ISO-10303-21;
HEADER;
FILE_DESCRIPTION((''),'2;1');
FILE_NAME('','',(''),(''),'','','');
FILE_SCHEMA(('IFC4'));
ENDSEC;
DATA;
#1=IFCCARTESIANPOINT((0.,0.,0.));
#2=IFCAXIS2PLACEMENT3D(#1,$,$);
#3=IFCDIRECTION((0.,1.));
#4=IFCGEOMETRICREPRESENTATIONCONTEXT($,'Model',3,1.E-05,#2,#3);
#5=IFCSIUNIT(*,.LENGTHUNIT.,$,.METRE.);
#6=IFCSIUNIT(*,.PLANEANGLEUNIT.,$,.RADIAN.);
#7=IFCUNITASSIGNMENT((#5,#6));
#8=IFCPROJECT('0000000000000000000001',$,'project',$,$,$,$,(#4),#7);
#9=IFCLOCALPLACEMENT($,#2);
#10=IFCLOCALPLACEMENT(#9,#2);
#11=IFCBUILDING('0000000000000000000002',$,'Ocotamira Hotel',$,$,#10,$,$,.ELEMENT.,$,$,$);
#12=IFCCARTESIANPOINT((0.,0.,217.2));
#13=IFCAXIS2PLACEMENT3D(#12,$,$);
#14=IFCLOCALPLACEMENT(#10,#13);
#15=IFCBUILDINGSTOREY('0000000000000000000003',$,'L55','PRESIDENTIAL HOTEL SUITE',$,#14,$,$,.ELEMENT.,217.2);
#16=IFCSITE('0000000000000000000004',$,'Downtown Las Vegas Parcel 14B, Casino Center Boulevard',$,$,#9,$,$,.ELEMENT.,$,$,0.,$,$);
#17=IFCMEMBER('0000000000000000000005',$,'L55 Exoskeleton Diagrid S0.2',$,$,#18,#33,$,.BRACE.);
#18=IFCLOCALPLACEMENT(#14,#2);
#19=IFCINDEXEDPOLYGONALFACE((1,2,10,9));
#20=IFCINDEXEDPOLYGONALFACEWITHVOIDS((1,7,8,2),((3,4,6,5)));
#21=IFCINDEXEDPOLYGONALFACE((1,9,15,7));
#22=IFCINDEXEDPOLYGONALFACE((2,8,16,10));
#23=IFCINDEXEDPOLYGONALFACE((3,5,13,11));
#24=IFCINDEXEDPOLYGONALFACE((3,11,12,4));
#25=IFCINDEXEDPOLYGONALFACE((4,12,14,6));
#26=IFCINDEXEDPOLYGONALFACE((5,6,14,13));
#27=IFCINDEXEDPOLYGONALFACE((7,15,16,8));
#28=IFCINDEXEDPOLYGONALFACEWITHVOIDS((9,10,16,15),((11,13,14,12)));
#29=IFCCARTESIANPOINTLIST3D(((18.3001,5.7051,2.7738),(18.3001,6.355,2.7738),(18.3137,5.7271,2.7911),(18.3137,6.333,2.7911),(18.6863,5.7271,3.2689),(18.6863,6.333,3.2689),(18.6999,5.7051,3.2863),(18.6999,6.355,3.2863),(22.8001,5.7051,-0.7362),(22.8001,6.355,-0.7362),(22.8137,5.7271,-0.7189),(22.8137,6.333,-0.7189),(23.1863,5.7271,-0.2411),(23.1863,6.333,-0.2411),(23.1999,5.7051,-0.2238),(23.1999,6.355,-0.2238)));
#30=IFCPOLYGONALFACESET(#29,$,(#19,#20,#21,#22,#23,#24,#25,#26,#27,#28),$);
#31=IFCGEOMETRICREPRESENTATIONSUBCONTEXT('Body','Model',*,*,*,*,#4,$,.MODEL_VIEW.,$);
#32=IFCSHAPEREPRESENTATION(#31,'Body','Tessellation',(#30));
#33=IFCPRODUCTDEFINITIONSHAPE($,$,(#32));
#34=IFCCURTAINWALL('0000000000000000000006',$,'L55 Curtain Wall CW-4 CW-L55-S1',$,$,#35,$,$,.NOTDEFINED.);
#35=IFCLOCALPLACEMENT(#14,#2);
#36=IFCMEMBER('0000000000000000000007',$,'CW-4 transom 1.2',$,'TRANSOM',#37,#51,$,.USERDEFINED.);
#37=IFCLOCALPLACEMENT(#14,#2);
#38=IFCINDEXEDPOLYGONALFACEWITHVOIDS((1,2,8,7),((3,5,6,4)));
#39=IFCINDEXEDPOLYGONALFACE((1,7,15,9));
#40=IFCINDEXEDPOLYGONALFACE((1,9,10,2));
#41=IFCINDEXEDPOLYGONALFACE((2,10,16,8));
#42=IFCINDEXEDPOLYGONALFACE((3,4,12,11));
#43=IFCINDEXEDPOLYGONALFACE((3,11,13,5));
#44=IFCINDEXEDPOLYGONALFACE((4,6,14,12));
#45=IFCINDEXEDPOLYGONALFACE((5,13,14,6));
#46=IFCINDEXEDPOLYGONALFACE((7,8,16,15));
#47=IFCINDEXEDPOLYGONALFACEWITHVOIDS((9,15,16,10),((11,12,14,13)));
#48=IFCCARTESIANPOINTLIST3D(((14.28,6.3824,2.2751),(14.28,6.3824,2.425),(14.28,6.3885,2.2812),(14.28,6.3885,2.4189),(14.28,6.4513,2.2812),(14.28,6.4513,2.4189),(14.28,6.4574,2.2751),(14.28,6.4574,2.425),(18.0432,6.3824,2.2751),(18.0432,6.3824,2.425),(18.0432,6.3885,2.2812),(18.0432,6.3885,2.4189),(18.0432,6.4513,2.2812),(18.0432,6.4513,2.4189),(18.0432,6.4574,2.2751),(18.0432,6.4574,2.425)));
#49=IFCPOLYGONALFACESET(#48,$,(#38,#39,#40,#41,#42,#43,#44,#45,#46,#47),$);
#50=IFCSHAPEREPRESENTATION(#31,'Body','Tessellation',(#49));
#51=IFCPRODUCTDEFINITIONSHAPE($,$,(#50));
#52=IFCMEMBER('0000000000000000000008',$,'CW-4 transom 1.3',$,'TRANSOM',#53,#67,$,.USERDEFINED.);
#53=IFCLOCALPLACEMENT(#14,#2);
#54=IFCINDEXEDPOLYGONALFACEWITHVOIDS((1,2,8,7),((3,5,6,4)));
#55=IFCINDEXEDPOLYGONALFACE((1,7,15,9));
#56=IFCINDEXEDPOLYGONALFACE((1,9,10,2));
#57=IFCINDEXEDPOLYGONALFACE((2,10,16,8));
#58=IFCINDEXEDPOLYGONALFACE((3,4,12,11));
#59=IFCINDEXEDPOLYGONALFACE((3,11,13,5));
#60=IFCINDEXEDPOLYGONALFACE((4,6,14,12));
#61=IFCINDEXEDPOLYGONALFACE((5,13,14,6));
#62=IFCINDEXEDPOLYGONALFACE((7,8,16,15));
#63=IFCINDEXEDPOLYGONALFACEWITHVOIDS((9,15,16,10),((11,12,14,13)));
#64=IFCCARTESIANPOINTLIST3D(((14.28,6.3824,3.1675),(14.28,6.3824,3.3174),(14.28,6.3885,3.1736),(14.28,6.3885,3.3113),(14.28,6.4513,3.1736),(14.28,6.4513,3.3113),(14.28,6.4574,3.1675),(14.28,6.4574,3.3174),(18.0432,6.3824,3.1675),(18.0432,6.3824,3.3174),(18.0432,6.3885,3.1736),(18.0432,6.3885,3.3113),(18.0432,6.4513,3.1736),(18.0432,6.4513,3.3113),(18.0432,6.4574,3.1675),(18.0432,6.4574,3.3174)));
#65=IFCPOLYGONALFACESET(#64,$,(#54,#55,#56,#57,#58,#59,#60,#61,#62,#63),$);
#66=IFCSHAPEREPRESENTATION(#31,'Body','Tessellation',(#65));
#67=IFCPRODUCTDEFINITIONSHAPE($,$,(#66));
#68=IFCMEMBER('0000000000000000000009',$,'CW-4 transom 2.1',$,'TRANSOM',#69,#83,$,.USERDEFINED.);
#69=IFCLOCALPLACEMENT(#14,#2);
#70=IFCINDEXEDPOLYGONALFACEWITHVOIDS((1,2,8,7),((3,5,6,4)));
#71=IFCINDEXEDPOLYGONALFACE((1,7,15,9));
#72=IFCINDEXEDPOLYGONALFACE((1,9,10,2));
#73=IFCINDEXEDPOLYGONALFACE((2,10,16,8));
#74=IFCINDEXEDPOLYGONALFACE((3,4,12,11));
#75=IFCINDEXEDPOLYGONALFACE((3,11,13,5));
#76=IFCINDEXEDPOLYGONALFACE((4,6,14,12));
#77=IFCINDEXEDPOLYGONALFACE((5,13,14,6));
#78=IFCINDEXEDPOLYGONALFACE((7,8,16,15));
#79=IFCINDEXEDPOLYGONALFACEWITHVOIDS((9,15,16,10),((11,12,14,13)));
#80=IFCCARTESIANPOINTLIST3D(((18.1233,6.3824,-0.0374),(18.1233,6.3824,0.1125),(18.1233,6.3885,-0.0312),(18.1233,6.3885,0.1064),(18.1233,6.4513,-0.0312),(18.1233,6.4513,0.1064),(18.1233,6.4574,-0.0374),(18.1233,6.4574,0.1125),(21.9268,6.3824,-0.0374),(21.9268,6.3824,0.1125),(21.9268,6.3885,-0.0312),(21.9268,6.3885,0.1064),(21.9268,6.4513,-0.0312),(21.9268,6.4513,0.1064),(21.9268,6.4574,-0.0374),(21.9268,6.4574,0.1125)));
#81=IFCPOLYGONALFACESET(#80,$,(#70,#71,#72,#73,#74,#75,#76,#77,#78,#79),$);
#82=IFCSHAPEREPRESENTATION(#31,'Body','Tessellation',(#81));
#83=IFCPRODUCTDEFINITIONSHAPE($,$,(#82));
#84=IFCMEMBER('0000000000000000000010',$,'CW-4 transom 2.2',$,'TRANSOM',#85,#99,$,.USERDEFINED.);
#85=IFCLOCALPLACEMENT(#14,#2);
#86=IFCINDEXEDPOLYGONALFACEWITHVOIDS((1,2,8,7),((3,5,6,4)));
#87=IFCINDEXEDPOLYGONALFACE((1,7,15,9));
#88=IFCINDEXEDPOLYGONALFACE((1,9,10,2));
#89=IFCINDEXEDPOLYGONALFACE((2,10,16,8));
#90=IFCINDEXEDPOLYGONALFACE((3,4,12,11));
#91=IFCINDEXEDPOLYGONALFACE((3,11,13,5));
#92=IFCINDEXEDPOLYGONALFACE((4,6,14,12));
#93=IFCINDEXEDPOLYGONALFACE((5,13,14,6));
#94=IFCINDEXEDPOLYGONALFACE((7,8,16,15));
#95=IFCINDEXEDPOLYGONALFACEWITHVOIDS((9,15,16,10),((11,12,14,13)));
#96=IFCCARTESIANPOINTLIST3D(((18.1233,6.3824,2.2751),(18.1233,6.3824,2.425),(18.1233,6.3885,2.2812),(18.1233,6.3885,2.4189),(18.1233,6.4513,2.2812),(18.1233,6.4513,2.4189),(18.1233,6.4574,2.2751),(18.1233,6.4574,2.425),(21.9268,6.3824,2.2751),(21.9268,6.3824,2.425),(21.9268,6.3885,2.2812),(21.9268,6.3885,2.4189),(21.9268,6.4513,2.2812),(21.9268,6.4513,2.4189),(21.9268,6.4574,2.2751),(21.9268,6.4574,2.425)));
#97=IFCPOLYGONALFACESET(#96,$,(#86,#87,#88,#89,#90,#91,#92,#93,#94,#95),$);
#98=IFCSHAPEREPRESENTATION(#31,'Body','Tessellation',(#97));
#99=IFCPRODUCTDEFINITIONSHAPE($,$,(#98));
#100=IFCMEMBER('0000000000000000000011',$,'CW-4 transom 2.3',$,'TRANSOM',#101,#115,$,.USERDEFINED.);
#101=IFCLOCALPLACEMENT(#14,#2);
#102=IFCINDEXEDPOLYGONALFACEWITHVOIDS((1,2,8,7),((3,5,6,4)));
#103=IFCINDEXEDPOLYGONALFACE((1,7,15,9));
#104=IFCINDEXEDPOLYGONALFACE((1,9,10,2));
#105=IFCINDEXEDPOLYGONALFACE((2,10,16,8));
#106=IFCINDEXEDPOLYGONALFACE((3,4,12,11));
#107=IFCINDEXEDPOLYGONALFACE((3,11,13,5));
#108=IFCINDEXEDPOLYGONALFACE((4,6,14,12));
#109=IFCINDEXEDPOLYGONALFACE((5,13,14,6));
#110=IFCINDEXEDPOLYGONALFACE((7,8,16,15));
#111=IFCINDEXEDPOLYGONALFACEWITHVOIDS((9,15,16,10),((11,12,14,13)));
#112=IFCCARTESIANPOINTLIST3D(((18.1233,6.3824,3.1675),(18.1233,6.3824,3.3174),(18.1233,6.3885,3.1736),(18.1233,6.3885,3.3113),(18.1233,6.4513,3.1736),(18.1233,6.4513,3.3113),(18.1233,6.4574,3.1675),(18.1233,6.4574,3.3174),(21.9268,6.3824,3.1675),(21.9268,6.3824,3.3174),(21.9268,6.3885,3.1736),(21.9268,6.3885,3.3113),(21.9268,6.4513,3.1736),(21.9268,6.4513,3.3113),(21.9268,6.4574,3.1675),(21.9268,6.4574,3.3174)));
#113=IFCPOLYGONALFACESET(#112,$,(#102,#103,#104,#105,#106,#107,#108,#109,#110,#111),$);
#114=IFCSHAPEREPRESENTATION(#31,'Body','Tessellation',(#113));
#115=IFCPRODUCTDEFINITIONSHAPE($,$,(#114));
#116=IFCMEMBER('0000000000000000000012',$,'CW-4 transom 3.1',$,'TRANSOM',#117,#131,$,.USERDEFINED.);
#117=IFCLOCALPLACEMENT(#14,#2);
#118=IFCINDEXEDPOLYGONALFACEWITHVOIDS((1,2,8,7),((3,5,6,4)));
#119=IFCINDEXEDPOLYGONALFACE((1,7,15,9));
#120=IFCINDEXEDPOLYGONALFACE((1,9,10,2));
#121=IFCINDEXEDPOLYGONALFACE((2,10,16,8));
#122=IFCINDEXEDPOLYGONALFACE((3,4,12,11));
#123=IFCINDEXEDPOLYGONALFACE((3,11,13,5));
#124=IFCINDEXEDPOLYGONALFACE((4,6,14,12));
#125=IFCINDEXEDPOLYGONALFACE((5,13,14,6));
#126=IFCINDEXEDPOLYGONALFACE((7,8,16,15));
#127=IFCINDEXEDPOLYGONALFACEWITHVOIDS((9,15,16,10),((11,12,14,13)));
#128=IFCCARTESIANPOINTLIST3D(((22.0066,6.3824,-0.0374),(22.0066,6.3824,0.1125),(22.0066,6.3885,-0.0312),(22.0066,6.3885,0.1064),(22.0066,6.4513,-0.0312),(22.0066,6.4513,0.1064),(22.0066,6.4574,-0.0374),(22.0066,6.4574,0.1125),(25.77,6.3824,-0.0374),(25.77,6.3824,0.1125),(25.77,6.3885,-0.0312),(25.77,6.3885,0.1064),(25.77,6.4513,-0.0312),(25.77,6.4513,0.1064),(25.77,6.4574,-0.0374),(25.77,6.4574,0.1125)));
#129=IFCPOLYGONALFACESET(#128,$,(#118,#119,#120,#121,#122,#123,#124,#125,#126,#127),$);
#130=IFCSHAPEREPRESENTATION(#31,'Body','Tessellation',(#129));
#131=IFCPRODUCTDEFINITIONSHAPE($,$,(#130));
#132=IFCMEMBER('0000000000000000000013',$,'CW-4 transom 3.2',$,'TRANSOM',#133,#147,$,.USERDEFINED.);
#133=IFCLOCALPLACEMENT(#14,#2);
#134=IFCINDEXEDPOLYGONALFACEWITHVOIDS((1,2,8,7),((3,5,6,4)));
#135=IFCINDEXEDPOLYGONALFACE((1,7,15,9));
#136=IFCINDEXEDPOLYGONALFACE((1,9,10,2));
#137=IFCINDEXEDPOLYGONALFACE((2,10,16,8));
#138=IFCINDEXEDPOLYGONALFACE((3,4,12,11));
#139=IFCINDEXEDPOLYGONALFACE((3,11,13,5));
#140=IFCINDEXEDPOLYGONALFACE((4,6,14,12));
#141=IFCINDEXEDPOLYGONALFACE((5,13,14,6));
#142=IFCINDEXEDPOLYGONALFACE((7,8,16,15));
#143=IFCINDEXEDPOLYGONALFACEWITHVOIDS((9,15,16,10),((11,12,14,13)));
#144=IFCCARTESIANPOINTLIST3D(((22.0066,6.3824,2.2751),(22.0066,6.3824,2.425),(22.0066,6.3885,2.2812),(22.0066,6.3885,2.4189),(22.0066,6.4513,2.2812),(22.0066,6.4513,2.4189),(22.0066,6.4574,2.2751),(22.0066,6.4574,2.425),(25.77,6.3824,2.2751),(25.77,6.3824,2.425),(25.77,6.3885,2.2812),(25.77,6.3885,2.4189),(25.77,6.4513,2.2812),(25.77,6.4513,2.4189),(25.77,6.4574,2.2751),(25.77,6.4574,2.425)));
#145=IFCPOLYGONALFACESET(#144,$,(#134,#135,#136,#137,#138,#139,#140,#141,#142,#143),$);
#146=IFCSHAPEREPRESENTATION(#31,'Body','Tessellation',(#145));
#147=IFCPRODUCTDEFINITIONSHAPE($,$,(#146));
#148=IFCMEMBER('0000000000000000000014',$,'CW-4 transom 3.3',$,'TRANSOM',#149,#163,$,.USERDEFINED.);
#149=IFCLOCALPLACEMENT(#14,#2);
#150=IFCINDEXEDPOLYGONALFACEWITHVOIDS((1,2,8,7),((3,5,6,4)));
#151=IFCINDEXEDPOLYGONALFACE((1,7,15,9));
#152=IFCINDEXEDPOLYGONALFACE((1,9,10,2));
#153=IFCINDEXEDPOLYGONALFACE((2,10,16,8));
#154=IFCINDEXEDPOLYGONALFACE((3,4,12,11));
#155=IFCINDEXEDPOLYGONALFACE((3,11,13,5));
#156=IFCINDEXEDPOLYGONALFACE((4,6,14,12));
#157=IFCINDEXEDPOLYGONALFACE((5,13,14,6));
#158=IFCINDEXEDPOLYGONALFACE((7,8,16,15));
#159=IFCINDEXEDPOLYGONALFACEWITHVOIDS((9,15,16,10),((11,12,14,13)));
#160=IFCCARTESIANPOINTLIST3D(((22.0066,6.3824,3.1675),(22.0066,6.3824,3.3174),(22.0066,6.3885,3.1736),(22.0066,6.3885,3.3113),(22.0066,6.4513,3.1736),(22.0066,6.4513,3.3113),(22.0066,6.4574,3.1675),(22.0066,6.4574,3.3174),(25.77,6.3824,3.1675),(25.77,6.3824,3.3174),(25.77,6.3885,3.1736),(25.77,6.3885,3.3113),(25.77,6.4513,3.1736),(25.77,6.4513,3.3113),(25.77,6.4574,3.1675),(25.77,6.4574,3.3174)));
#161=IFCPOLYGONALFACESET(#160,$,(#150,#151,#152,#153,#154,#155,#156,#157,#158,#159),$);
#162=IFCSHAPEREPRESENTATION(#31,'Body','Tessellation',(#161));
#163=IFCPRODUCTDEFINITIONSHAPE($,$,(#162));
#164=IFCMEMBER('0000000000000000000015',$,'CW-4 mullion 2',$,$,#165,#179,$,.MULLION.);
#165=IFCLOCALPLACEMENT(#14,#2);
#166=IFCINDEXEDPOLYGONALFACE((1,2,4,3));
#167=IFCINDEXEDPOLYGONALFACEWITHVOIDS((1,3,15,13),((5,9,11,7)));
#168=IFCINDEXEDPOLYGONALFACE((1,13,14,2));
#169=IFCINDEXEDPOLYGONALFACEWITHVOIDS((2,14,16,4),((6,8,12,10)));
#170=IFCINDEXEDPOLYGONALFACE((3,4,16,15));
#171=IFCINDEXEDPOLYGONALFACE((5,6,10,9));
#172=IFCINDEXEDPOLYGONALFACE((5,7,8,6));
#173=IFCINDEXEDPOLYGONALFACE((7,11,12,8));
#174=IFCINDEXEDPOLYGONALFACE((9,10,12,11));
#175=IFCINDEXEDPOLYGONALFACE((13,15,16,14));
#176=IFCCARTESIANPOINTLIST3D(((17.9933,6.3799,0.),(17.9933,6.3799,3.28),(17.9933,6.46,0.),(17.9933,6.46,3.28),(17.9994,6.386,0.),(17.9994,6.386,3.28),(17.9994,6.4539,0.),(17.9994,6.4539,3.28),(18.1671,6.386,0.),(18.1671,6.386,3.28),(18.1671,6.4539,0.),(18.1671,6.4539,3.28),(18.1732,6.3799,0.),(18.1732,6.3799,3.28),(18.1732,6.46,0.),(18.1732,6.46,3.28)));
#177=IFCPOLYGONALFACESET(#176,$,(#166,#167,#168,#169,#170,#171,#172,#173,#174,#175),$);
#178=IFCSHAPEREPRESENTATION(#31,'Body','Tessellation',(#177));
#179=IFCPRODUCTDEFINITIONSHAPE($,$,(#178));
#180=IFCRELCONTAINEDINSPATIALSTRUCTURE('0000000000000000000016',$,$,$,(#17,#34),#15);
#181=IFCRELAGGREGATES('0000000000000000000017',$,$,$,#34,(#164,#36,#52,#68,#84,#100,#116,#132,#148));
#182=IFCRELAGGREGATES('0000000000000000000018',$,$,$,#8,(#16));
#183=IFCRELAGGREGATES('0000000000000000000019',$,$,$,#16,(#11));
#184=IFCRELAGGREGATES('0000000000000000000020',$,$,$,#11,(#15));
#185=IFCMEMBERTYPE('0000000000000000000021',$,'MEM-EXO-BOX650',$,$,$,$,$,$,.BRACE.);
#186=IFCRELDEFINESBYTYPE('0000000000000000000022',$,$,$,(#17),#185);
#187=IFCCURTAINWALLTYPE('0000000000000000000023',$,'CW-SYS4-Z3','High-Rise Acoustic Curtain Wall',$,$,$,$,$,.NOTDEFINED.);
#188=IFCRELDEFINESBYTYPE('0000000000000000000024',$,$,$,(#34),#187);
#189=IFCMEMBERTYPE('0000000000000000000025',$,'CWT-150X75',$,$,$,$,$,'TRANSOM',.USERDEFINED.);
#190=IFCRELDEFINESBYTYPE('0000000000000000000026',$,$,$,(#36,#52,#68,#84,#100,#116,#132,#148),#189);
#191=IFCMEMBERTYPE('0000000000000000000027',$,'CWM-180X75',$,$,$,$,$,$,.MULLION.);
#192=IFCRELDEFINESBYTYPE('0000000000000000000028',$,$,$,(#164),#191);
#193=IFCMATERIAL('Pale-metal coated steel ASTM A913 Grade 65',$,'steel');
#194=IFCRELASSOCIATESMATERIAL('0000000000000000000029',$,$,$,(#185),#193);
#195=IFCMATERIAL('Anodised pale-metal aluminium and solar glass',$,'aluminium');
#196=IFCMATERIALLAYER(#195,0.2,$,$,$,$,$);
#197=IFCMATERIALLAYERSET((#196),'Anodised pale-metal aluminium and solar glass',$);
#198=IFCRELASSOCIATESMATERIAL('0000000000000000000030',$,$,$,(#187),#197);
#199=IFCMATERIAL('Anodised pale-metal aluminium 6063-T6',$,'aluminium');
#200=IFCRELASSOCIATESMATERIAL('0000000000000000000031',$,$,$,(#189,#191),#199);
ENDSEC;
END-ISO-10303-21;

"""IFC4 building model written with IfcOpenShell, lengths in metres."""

from ifc_helpers import new_model, si_unit, direction, frame, origin, origin_2d, place, context, subcontext, project, spatial, hollow_rectangle, extrude, source, transform, mapped, material, layer, layer_set, material_profile, profile_set, type_object, element, aggregate, save


model = new_model("IFC4")

# Units and contexts
model_context = context("Model", 3, precision=1e-05, world=origin(), true_north=direction((0.0, 1.0)))
body_context = subcontext(model_context, "Body", "Model", "MODEL_VIEW")
ifc_project = project(units=[si_unit("LENGTHUNIT", "METRE"), si_unit("PLANEANGLEUNIT", "RADIAN")], contexts=[model_context])

# Site, building, storey
site_placement = place(None, origin())
site = spatial("IfcSite", under=ifc_project, at=site_placement, Name="Downtown Las Vegas Parcel 14B, Casino Center Boulevard", CompositionType="ELEMENT", RefElevation=0.0)
building_placement = place(site_placement, origin())
building = spatial("IfcBuilding", under=site, at=building_placement, Name="Ocotamira Hotel", CompositionType="ELEMENT")
storey_placement = place(building_placement, frame((0.0, 0.0, 217.2)))
storey = spatial("IfcBuildingStorey", under=building, at=storey_placement, Name="L55", Description="PRESIDENTIAL HOTEL SUITE", CompositionType="ELEMENT", Elevation=217.2)

# Member
ifc_material_1 = material(Name="Pale-metal coated steel ASTM A913 Grade 65", Category="steel")
ifc_material_profile_1 = material_profile(ifc_material_1, hollow_rectangle(XDim=0.6499, YDim=0.6499, WallThickness=0.022, at=origin_2d()), Name="BOX650X650X22")
ifc_profile_set_1 = profile_set([ifc_material_profile_1], Name="Pale-metal coated steel ASTM A913 Grade 65")
member_type_1 = type_object("IfcMemberType", Name="MEM-EXO-BOX650", PredefinedType="BRACE", material=ifc_profile_set_1)
shared_shape_1 = source(origin(), body_context, "Body", "SweptSolid", [
    extrude(hollow_rectangle(XDim=0.6499, YDim=0.6499, WallThickness=0.022, at=origin_2d()), origin(), (0.0, 0.0, 1.0), 5.707),
])
member_1_placement = place(storey_placement, frame((23.0, 6.03, -0.48), z_axis=(-0.788501, 0.0, 0.615033), x_axis=(0.0, -1.0, 0.0)))
element("IfcMember", 1, at=member_1_placement, inside=storey, type_object=member_type_1, Name="L55 Exoskeleton Diagrid S0.2", PredefinedType="BRACE", context=body_context, shape_type="MappedRepresentation", body=[
    mapped(shared_shape_1, transform((0.0, 0.0, 0.0), scale=1.0)),
])

# Curtain wall, members
ifc_material_2 = material(Name="Anodised pale-metal aluminium and solar glass", Category="aluminium")
ifc_layer_1 = layer(ifc_material_2, 0.2)
ifc_layer_set_1 = layer_set([ifc_layer_1], Name="Anodised pale-metal aluminium and solar glass")
curtain_wall_type = type_object("IfcCurtainWallType", Name="CW-SYS4-Z3", Description="High-Rise Acoustic Curtain Wall", PredefinedType="NOTDEFINED", material=ifc_layer_set_1)
curtain_wall_placement = place(storey_placement, origin())
curtain_wall = element("IfcCurtainWall", 2, at=curtain_wall_placement, inside=storey, type_object=curtain_wall_type, Name="L55 Curtain Wall CW-4 CW-L55-S1", PredefinedType="NOTDEFINED")
ifc_material_3 = material(Name="Anodised pale-metal aluminium 6063-T6", Category="aluminium")
ifc_material_profile_2 = material_profile(ifc_material_3, hollow_rectangle(XDim=0.075, YDim=0.1499, WallThickness=0.0061, at=origin_2d()), Name="HSS150X75X6")
ifc_profile_set_2 = profile_set([ifc_material_profile_2], Name="Anodised pale-metal aluminium 6063-T6")
member_type_2 = type_object("IfcMemberType", Name="CWT-150X75", ElementType="TRANSOM", PredefinedType="USERDEFINED", material=ifc_profile_set_2)
shared_shape_2 = source(origin(), body_context, "Body", "SweptSolid", [
    extrude(hollow_rectangle(XDim=0.075, YDim=0.1499, WallThickness=0.0061, at=origin_2d()), origin(), (0.0, 0.0, 1.0), 3.7632),
])
member_2_placement = place(storey_placement, frame((14.28, 6.4199, 2.3501), z_axis=(1.0, 0.0, 0.0), x_axis=(0.0, 1.0, 0.0)))
member_2 = element("IfcMember", 3, at=member_2_placement, type_object=member_type_2, Name="CW-4 transom 1.2", ObjectType="TRANSOM", PredefinedType="USERDEFINED", context=body_context, shape_type="MappedRepresentation", body=[
    mapped(shared_shape_2, transform((0.0, 0.0, 0.0), scale=1.0)),
])
member_3_placement = place(storey_placement, frame((14.28, 6.4199, 3.2424), z_axis=(1.0, 0.0, 0.0), x_axis=(0.0, 1.0, 0.0)))
member_3 = element("IfcMember", 4, at=member_3_placement, type_object=member_type_2, Name="CW-4 transom 1.3", ObjectType="TRANSOM", PredefinedType="USERDEFINED", context=body_context, shape_type="MappedRepresentation", body=[
    mapped(shared_shape_2, transform((0.0, 0.0, 0.0), scale=1.0)),
])
shared_shape_3 = source(origin(), body_context, "Body", "SweptSolid", [
    extrude(hollow_rectangle(XDim=0.075, YDim=0.1499, WallThickness=0.0061, at=origin_2d()), origin(), (0.0, 0.0, 1.0), 3.8035),
])
member_4_placement = place(storey_placement, frame((18.1233, 6.4199, 0.0376), z_axis=(1.0, 0.0, 0.0), x_axis=(0.0, 1.0, 0.0)))
member_4 = element("IfcMember", 5, at=member_4_placement, type_object=member_type_2, Name="CW-4 transom 2.1", ObjectType="TRANSOM", PredefinedType="USERDEFINED", context=body_context, shape_type="MappedRepresentation", body=[
    mapped(shared_shape_3, transform((0.0, 0.0, 0.0), scale=1.0)),
])
member_5_placement = place(storey_placement, frame((18.1233, 6.4199, 2.3501), z_axis=(1.0, 0.0, 0.0), x_axis=(0.0, 1.0, 0.0)))
member_5 = element("IfcMember", 6, at=member_5_placement, type_object=member_type_2, Name="CW-4 transom 2.2", ObjectType="TRANSOM", PredefinedType="USERDEFINED", context=body_context, shape_type="MappedRepresentation", body=[
    mapped(shared_shape_3, transform((0.0, 0.0, 0.0), scale=1.0)),
])
member_6_placement = place(storey_placement, frame((18.1233, 6.4199, 3.2424), z_axis=(1.0, 0.0, 0.0), x_axis=(0.0, 1.0, 0.0)))
member_6 = element("IfcMember", 7, at=member_6_placement, type_object=member_type_2, Name="CW-4 transom 2.3", ObjectType="TRANSOM", PredefinedType="USERDEFINED", context=body_context, shape_type="MappedRepresentation", body=[
    mapped(shared_shape_3, transform((0.0, 0.0, 0.0), scale=1.0)),
])
shared_shape_4 = source(origin(), body_context, "Body", "SweptSolid", [
    extrude(hollow_rectangle(XDim=0.075, YDim=0.1499, WallThickness=0.0061, at=origin_2d()), origin(), (0.0, 0.0, 1.0), 3.7634),
])
member_7_placement = place(storey_placement, frame((22.0066, 6.4199, 0.0376), z_axis=(1.0, 0.0, 0.0), x_axis=(0.0, 1.0, 0.0)))
member_7 = element("IfcMember", 8, at=member_7_placement, type_object=member_type_2, Name="CW-4 transom 3.1", ObjectType="TRANSOM", PredefinedType="USERDEFINED", context=body_context, shape_type="MappedRepresentation", body=[
    mapped(shared_shape_4, transform((0.0, 0.0, 0.0), scale=1.0)),
])
member_8_placement = place(storey_placement, frame((22.0066, 6.4199, 2.3501), z_axis=(1.0, 0.0, 0.0), x_axis=(0.0, 1.0, 0.0)))
member_8 = element("IfcMember", 9, at=member_8_placement, type_object=member_type_2, Name="CW-4 transom 3.2", ObjectType="TRANSOM", PredefinedType="USERDEFINED", context=body_context, shape_type="MappedRepresentation", body=[
    mapped(shared_shape_4, transform((0.0, 0.0, 0.0), scale=1.0)),
])
member_9_placement = place(storey_placement, frame((22.0066, 6.4199, 3.2424), z_axis=(1.0, 0.0, 0.0), x_axis=(0.0, 1.0, 0.0)))
member_9 = element("IfcMember", 10, at=member_9_placement, type_object=member_type_2, Name="CW-4 transom 3.3", ObjectType="TRANSOM", PredefinedType="USERDEFINED", context=body_context, shape_type="MappedRepresentation", body=[
    mapped(shared_shape_4, transform((0.0, 0.0, 0.0), scale=1.0)),
])
ifc_material_profile_3 = material_profile(ifc_material_3, hollow_rectangle(XDim=0.0801, YDim=0.1799, WallThickness=0.0061, at=origin_2d()), Name="HSS180X80X6")
ifc_profile_set_3 = profile_set([ifc_material_profile_3], Name="Anodised pale-metal aluminium 6063-T6")
member_type_3 = type_object("IfcMemberType", Name="CWM-180X75", PredefinedType="MULLION", material=ifc_profile_set_3)
shared_shape_5 = source(origin(), body_context, "Body", "SweptSolid", [
    extrude(hollow_rectangle(XDim=0.0801, YDim=0.1799, WallThickness=0.0061, at=origin_2d()), origin(), (0.0, 0.0, 1.0), 3.28),
])
member_10_placement = place(storey_placement, frame((18.0833, 6.4199, 0.0), z_axis=(0.0, 0.0, 1.0), x_axis=(0.0, 1.0, 0.0)))
member_10 = element("IfcMember", 11, at=member_10_placement, type_object=member_type_3, Name="CW-4 mullion 2", PredefinedType="MULLION", context=body_context, shape_type="MappedRepresentation", body=[
    mapped(shared_shape_5, transform((0.0, 0.0, 0.0), scale=1.0)),
])

aggregate(curtain_wall, [member_10, member_2, member_3, member_4, member_5, member_6, member_7, member_8, member_9])

save(model, "model.ifc")
